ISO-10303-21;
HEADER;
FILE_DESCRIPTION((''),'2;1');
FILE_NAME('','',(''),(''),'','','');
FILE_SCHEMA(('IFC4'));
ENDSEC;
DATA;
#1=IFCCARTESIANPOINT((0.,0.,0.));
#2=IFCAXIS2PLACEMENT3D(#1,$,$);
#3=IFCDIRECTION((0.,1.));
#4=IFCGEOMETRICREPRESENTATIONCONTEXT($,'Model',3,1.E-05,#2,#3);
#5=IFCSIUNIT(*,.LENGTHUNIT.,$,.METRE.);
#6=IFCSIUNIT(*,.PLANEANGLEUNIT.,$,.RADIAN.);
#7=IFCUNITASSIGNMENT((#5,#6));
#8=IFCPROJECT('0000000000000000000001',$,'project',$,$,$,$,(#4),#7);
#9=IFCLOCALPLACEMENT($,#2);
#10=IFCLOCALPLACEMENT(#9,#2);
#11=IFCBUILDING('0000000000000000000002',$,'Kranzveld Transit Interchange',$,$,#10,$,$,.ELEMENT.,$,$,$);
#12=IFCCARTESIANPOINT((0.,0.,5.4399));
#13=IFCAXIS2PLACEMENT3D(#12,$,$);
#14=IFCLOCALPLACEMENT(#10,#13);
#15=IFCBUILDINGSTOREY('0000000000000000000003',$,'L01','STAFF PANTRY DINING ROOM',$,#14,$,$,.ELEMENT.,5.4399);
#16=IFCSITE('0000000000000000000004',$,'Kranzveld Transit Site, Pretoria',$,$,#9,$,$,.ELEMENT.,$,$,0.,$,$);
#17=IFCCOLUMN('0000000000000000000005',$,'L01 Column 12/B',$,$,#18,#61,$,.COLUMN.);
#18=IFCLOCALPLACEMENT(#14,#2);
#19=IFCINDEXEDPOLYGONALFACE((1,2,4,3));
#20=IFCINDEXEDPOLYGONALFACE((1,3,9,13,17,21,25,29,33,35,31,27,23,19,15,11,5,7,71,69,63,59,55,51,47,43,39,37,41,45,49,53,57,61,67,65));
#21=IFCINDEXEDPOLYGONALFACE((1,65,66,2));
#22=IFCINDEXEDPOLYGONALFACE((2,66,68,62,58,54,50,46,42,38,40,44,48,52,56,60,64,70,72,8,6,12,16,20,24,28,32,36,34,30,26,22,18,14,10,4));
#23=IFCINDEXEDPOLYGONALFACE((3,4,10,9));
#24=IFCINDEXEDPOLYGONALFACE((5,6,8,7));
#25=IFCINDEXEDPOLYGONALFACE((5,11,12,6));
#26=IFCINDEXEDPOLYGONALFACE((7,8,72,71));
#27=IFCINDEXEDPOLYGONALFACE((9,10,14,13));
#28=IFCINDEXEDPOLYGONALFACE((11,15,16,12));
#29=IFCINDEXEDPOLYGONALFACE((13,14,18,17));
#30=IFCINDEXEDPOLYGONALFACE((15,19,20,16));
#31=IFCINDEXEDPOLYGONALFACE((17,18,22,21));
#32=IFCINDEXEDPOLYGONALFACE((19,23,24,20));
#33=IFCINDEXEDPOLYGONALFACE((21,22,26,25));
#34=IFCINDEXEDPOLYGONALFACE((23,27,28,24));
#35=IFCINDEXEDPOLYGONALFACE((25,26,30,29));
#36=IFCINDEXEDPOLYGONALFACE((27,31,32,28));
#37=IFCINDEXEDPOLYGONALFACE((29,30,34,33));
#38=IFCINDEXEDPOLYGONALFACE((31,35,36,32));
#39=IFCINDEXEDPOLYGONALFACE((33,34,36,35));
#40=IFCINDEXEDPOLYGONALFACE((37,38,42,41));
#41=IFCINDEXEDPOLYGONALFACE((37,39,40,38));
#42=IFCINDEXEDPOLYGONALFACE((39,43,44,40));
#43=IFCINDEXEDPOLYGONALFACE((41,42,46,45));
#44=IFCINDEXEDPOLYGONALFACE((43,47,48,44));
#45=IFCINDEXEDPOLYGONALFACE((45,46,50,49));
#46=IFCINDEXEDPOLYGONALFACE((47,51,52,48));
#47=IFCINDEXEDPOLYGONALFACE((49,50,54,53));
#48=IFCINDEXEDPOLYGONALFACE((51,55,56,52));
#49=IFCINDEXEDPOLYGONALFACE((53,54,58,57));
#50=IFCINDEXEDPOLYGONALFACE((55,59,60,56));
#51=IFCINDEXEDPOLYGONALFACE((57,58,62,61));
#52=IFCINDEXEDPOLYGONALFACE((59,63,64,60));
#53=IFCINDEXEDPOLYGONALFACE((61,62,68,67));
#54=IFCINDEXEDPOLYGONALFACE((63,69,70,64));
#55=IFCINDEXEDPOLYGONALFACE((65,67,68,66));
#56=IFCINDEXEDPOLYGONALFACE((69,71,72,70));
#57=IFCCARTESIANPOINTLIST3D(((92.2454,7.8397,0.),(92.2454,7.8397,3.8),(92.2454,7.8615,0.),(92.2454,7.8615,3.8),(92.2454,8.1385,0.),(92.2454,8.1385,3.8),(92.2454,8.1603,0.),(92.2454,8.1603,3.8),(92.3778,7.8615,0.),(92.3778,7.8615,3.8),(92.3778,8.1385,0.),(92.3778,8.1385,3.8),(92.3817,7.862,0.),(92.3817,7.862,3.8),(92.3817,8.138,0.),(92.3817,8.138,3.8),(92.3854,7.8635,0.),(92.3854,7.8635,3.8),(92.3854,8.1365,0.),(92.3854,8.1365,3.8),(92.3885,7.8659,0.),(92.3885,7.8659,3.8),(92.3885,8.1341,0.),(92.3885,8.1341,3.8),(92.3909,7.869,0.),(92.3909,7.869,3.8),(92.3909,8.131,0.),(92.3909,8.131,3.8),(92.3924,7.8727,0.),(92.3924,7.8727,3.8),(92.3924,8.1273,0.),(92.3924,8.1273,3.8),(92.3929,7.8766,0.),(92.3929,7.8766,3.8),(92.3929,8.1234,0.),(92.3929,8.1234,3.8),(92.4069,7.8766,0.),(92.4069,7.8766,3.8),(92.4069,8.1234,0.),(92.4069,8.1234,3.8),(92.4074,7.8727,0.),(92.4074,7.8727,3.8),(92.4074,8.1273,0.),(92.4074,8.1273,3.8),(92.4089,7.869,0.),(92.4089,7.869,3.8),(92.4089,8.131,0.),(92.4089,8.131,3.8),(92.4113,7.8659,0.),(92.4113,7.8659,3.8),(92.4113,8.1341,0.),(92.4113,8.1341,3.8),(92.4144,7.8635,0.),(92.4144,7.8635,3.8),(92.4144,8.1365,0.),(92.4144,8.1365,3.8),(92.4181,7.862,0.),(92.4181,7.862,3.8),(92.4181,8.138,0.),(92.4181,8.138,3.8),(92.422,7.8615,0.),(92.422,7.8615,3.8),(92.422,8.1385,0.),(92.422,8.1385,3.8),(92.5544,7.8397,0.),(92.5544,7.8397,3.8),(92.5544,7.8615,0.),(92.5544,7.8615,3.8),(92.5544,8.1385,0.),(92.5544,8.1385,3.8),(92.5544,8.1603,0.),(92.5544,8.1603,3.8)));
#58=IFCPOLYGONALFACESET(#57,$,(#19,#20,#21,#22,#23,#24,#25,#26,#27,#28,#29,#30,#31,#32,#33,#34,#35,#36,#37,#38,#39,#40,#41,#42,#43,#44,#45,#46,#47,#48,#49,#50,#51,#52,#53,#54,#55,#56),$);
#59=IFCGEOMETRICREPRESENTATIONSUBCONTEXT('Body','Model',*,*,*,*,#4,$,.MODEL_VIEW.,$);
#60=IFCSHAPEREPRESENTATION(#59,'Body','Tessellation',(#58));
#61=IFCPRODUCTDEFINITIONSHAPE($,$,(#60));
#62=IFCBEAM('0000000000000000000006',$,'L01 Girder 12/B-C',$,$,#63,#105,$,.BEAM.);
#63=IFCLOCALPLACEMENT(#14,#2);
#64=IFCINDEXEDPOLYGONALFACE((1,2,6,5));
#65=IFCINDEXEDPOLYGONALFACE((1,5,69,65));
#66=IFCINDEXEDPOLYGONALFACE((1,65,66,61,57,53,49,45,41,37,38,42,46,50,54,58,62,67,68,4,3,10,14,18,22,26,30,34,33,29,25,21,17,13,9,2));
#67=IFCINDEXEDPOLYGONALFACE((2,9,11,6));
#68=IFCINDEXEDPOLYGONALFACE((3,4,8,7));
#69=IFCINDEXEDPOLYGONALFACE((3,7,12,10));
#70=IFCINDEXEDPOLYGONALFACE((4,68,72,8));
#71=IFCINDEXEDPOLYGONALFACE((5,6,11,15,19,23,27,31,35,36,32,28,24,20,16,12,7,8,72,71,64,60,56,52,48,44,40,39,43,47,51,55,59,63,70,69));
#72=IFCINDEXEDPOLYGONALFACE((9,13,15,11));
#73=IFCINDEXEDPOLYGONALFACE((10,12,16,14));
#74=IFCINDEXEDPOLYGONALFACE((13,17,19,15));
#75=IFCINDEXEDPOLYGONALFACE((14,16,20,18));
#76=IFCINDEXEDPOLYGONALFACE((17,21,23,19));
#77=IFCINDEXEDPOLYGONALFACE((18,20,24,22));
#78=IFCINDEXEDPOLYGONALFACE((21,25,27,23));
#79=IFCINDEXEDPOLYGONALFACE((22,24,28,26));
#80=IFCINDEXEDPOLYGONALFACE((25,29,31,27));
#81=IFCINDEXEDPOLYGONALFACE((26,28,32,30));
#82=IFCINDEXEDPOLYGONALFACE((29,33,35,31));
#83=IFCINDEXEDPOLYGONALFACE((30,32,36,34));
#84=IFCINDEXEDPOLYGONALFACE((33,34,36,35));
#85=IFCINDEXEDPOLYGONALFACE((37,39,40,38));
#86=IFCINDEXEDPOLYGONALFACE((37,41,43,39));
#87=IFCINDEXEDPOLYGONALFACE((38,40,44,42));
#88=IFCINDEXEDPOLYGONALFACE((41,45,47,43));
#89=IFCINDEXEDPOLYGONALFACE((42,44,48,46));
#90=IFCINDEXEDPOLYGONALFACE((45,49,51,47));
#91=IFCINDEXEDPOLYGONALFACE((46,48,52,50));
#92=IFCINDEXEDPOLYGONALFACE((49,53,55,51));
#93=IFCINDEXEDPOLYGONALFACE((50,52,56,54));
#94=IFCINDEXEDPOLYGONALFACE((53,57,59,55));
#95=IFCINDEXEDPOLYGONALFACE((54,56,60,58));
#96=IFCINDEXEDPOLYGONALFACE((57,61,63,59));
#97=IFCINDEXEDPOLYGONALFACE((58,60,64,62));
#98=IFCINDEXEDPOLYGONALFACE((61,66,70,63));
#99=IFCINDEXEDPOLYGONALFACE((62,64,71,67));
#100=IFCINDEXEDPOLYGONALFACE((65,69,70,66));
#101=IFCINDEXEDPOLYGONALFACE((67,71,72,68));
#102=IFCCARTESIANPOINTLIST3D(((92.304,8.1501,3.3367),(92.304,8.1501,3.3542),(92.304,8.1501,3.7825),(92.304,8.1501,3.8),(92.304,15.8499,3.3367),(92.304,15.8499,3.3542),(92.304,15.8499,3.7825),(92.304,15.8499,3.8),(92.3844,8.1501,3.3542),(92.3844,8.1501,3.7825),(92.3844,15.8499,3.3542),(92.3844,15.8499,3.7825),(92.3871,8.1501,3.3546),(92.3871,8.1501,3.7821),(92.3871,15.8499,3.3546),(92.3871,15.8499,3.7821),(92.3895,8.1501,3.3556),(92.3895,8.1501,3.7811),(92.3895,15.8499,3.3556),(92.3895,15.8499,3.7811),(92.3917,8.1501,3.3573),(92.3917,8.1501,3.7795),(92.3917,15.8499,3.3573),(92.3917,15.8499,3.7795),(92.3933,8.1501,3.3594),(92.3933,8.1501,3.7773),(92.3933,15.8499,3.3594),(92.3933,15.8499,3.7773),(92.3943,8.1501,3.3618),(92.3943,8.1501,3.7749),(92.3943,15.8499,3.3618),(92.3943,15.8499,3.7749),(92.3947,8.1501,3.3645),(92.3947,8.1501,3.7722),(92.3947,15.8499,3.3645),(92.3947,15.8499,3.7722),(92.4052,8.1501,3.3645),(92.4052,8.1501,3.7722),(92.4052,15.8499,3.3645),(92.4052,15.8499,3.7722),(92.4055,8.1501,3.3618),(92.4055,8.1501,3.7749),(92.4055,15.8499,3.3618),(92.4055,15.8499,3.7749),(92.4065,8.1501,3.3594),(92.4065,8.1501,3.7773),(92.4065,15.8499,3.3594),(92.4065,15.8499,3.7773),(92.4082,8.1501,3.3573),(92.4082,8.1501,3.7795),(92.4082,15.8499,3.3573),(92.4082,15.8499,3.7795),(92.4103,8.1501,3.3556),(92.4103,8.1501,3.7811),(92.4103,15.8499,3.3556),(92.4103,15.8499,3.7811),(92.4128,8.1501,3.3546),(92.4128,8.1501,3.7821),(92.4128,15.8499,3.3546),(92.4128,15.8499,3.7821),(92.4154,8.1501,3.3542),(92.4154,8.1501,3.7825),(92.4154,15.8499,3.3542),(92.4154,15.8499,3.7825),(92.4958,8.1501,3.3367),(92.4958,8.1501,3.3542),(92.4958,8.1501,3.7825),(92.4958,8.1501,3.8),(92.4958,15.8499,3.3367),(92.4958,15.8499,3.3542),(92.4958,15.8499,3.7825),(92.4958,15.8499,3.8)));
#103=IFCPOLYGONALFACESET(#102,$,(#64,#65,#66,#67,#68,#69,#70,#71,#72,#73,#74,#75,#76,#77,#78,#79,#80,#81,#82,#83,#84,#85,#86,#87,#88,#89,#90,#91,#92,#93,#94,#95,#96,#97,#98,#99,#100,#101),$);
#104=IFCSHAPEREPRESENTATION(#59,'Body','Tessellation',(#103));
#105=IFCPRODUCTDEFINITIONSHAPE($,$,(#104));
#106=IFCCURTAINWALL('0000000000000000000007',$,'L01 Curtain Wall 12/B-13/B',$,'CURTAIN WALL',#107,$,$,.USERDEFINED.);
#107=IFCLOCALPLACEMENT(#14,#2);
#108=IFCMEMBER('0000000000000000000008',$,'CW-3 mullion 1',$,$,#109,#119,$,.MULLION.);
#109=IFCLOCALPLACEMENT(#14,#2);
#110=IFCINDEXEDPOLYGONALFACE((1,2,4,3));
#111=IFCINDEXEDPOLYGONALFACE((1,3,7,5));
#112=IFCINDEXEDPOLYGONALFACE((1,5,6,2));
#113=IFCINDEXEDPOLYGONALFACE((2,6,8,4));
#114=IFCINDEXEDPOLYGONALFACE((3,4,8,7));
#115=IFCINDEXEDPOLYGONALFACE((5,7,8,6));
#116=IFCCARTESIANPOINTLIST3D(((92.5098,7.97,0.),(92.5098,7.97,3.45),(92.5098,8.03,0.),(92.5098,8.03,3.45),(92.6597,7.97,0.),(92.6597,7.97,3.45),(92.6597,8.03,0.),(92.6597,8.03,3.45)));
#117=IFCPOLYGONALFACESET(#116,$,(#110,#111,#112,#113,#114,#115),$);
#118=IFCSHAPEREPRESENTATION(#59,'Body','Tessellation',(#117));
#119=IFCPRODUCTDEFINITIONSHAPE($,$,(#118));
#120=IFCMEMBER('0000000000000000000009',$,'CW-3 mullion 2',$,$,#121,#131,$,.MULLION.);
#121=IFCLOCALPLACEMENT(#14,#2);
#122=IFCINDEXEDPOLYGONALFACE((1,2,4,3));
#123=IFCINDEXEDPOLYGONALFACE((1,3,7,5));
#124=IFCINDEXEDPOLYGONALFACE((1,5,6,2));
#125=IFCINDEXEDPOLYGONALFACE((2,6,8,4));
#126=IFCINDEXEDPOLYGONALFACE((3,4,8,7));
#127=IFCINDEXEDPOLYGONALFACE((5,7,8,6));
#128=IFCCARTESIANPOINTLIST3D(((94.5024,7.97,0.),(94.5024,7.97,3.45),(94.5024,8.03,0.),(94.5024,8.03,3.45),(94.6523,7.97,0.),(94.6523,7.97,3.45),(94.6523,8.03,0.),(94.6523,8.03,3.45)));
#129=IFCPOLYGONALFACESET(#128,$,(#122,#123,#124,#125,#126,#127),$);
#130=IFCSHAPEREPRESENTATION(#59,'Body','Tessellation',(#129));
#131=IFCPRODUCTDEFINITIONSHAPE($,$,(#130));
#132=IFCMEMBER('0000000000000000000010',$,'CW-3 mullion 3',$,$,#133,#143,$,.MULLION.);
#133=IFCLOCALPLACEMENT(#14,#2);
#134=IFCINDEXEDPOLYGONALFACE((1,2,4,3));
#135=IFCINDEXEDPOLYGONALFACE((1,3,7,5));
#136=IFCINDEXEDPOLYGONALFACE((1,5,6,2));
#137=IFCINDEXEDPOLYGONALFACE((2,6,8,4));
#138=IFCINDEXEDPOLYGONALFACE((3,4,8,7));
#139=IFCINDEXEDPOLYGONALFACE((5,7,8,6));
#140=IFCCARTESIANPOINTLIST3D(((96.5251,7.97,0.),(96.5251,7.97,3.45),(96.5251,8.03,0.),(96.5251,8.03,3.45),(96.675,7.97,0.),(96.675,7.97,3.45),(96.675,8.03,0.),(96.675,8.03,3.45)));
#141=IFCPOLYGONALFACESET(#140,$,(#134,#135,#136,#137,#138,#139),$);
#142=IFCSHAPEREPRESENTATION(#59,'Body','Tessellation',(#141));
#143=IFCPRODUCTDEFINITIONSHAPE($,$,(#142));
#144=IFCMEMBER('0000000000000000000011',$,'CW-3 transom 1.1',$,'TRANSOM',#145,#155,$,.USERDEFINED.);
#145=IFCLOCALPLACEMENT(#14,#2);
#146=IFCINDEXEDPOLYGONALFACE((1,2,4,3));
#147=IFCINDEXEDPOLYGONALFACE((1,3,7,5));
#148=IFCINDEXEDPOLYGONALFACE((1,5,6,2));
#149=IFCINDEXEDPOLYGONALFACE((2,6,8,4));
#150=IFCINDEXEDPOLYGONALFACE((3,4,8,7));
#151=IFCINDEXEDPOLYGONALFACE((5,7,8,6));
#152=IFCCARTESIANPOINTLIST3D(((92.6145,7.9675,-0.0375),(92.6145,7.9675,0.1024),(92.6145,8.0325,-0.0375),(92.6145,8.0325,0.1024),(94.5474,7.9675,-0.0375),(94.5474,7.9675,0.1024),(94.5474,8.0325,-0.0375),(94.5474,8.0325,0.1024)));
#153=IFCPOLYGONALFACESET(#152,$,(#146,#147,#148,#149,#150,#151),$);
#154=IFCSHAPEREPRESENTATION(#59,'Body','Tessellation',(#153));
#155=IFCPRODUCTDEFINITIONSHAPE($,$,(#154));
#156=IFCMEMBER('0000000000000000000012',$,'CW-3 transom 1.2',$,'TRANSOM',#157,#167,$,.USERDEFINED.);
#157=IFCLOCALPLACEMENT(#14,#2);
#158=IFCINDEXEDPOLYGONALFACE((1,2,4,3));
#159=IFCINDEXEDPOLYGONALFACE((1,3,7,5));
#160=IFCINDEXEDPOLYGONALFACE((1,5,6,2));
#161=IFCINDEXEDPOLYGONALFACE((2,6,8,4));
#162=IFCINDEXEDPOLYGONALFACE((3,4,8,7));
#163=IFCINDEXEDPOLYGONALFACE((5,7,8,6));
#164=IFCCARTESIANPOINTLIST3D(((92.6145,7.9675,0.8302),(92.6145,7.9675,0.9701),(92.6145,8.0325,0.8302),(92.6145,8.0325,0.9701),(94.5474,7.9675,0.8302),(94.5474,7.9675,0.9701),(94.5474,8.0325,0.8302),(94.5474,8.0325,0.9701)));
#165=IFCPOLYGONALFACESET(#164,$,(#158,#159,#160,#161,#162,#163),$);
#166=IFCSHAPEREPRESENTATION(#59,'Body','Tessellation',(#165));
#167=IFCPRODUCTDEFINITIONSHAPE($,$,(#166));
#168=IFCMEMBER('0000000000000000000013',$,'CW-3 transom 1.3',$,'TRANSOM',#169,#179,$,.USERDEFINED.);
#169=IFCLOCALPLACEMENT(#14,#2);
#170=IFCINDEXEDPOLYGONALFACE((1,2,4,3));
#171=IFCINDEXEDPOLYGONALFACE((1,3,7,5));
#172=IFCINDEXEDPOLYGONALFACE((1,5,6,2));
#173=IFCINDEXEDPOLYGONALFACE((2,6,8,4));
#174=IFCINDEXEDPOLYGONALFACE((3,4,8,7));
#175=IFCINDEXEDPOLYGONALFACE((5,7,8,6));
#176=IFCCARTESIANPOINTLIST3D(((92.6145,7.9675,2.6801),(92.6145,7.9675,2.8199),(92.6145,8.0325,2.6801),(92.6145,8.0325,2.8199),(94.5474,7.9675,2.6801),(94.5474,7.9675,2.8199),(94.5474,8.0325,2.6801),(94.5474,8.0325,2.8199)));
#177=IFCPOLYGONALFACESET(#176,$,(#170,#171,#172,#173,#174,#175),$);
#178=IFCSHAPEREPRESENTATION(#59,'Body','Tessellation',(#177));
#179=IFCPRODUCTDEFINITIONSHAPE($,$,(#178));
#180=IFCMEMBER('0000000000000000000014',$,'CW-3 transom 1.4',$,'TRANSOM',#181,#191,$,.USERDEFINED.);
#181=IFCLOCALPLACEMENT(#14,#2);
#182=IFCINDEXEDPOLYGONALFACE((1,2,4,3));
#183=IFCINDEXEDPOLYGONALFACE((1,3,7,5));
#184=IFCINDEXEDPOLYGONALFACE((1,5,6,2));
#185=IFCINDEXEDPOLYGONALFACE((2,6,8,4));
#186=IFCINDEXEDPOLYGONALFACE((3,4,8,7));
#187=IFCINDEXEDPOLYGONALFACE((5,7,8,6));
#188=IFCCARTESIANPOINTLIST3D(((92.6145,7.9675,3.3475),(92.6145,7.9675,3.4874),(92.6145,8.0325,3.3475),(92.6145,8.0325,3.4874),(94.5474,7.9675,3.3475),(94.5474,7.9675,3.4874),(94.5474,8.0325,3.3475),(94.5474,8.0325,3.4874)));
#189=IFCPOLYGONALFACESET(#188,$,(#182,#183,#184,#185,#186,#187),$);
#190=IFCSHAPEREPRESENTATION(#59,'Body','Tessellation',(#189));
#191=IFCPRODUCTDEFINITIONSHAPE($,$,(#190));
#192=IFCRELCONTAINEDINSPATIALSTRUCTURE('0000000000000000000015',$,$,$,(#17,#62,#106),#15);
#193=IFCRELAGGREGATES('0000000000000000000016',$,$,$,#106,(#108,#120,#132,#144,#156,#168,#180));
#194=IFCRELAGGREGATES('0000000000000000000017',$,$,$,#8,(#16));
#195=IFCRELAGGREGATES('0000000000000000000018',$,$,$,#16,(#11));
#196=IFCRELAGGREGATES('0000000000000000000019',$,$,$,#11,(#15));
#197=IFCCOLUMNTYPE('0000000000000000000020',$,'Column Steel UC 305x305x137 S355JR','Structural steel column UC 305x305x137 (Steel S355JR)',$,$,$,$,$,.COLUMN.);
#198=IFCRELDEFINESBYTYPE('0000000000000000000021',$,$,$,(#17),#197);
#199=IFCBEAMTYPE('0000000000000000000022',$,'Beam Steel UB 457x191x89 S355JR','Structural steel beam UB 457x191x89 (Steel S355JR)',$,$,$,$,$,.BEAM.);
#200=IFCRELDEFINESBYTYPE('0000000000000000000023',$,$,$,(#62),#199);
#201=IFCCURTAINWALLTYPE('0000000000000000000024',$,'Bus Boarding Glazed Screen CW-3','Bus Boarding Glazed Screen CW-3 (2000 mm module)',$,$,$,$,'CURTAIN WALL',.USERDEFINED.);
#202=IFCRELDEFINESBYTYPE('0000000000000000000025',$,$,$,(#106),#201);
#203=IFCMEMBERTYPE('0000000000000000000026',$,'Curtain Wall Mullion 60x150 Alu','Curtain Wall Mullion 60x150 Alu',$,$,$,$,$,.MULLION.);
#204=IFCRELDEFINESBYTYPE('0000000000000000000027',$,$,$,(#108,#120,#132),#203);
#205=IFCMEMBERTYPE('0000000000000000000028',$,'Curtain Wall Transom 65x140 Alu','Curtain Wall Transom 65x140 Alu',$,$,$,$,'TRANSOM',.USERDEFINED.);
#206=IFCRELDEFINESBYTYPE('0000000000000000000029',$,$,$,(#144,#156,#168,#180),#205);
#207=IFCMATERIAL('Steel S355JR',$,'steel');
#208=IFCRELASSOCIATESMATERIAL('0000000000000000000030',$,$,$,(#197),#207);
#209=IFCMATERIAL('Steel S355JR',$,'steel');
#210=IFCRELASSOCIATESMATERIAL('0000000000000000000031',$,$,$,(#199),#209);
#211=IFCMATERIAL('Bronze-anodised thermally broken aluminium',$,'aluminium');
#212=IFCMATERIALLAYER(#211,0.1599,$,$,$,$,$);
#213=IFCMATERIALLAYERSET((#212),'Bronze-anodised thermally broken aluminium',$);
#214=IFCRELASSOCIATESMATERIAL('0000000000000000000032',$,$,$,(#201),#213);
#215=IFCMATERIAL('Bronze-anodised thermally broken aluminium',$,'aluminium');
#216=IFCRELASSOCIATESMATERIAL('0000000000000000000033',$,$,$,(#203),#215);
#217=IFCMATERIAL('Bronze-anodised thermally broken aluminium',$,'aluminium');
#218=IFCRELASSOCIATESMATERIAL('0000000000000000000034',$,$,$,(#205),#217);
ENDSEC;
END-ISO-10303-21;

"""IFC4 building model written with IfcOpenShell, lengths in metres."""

from ifc_helpers import new_model, si_unit, direction, frame, origin, origin_2d, place, context, subcontext, project, spatial, rectangle, i_section, extrude, material, layer, layer_set, material_profile, profile_set, type_object, element, aggregate, save


model = new_model("IFC4")

# Units and contexts
model_context = context("Model", 3, precision=1e-05, world=origin(), true_north=direction((0.0, 1.0)))
body_context = subcontext(model_context, "Body", "Model", "MODEL_VIEW")
ifc_project = project(units=[si_unit("LENGTHUNIT", "METRE"), si_unit("PLANEANGLEUNIT", "RADIAN")], contexts=[model_context])

# Site, building, storey
site_placement = place(None, origin())
site = spatial("IfcSite", under=ifc_project, at=site_placement, Name="Kranzveld Transit Site, Pretoria", CompositionType="ELEMENT", RefElevation=0.0)
building_placement = place(site_placement, origin())
building = spatial("IfcBuilding", under=site, at=building_placement, Name="Kranzveld Transit Interchange", CompositionType="ELEMENT")
storey_placement = place(building_placement, frame((0.0, 0.0, 5.4399)))
storey = spatial("IfcBuildingStorey", under=building, at=storey_placement, Name="L01", Description="STAFF PANTRY DINING ROOM", CompositionType="ELEMENT", Elevation=5.4399)

# Column
ifc_material_1 = material(Name="Steel S355JR", Category="steel")
ifc_material_profile_1 = material_profile(ifc_material_1, i_section(OverallWidth=0.3091, OverallDepth=0.3206, WebThickness=0.0139, FlangeThickness=0.0217, FilletRadius=0.0151, at=origin_2d()), Name="UC 305x305x137")
ifc_profile_set_1 = profile_set([ifc_material_profile_1], Name="Steel S355JR")
column_type = type_object("IfcColumnType", Name="Column Steel UC 305x305x137 S355JR", Description="Structural steel column UC 305x305x137 (Steel S355JR)", PredefinedType="COLUMN", material=ifc_profile_set_1)
column_placement = place(storey_placement, frame((92.3999, 8.0, 0.0), z_axis=(0.0, 0.0, 1.0), x_axis=(1.0, 0.0, 0.0)))
element("IfcColumn", 1, at=column_placement, inside=storey, type_object=column_type, Name="L01 Column 12/B", PredefinedType="COLUMN", context=body_context, shape_type="SweptSolid", body=[
    extrude(i_section(OverallWidth=0.3091, OverallDepth=0.3206, WebThickness=0.0139, FlangeThickness=0.0217, FilletRadius=0.0151, at=origin_2d()), origin(), (0.0, 0.0, 1.0), 3.8),
])

# Beam
ifc_material_2 = material(Name="Steel S355JR", Category="steel")
ifc_material_profile_2 = material_profile(ifc_material_2, i_section(OverallWidth=0.1919, OverallDepth=0.4634, WebThickness=0.0105, FlangeThickness=0.0176, FilletRadius=0.0103, at=origin_2d()), Name="UB 457x191x89")
ifc_profile_set_2 = profile_set([ifc_material_profile_2], Name="Steel S355JR")
beam_type_1 = type_object("IfcBeamType", Name="Beam Steel UB 457x191x89 S355JR", Description="Structural steel beam UB 457x191x89 (Steel S355JR)", PredefinedType="BEAM", material=ifc_profile_set_2)
beam_1_placement = place(storey_placement, frame((92.3999, 8.1501, 3.5684), z_axis=(0.0, 1.0, 0.0), x_axis=(-1.0, 0.0, 0.0)))
element("IfcBeam", 2, at=beam_1_placement, inside=storey, type_object=beam_type_1, Name="L01 Girder 12/B-C", PredefinedType="BEAM", context=body_context, shape_type="SweptSolid", body=[
    extrude(i_section(OverallWidth=0.1919, OverallDepth=0.4634, WebThickness=0.0105, FlangeThickness=0.0176, FilletRadius=0.0103, at=origin_2d()), origin(), (0.0, 0.0, 1.0), 7.6997),
])

# Curtain wall, members
ifc_material_3 = material(Name="Bronze-anodised thermally broken aluminium", Category="aluminium")
ifc_layer_1 = layer(ifc_material_3, 0.1599)
ifc_layer_set_1 = layer_set([ifc_layer_1], Name="Bronze-anodised thermally broken aluminium")
curtain_wall_type = type_object("IfcCurtainWallType", Name="Bus Boarding Glazed Screen CW-3", Description="Bus Boarding Glazed Screen CW-3 (2000 mm module)", ElementType="CURTAIN WALL", PredefinedType="USERDEFINED", material=ifc_layer_set_1)
curtain_wall_placement = place(storey_placement, origin())
curtain_wall = element("IfcCurtainWall", 3, at=curtain_wall_placement, inside=storey, type_object=curtain_wall_type, Name="L01 Curtain Wall 12/B-13/B", ObjectType="CURTAIN WALL", PredefinedType="USERDEFINED")
ifc_material_4 = material(Name="Bronze-anodised thermally broken aluminium", Category="aluminium")
ifc_material_profile_3 = material_profile(ifc_material_4, rectangle(XDim=0.0601, YDim=0.1499, at=origin_2d()), Name="ALU MULLION 60x150")
ifc_profile_set_3 = profile_set([ifc_material_profile_3], Name="Bronze-anodised thermally broken aluminium")
member_type_1 = type_object("IfcMemberType", Name="Curtain Wall Mullion 60x150 Alu", Description="Curtain Wall Mullion 60x150 Alu", PredefinedType="MULLION", material=ifc_profile_set_3)
member_1_placement = place(storey_placement, frame((92.5847, 8.0, 0.0), z_axis=(0.0, 0.0, 1.0), x_axis=(0.0, 1.0, 0.0)))
member_1 = element("IfcMember", 4, at=member_1_placement, type_object=member_type_1, Name="CW-3 mullion 1", PredefinedType="MULLION", context=body_context, shape_type="SweptSolid", body=[
    extrude(rectangle(XDim=0.0601, YDim=0.1499, at=origin_2d()), origin(), (0.0, 0.0, 1.0), 3.45),
])
member_2_placement = place(storey_placement, frame((94.5774, 8.0, 0.0), z_axis=(0.0, 0.0, 1.0), x_axis=(0.0, 1.0, 0.0)))
member_2 = element("IfcMember", 5, at=member_2_placement, type_object=member_type_1, Name="CW-3 mullion 2", PredefinedType="MULLION", context=body_context, shape_type="SweptSolid", body=[
    extrude(rectangle(XDim=0.0601, YDim=0.1499, at=origin_2d()), origin(), (0.0, 0.0, 1.0), 3.45),
])
member_3_placement = place(storey_placement, frame((96.6001, 8.0, 0.0), z_axis=(0.0, 0.0, 1.0), x_axis=(0.0, 1.0, 0.0)))
member_3 = element("IfcMember", 6, at=member_3_placement, type_object=member_type_1, Name="CW-3 mullion 3", PredefinedType="MULLION", context=body_context, shape_type="SweptSolid", body=[
    extrude(rectangle(XDim=0.0601, YDim=0.1499, at=origin_2d()), origin(), (0.0, 0.0, 1.0), 3.45),
])
ifc_material_5 = material(Name="Bronze-anodised thermally broken aluminium", Category="aluminium")
ifc_material_profile_4 = material_profile(ifc_material_5, rectangle(XDim=0.0649, YDim=0.1399, at=origin_2d()), Name="ALU TRANSOM 65x140")
ifc_profile_set_4 = profile_set([ifc_material_profile_4], Name="Bronze-anodised thermally broken aluminium")
member_type_2 = type_object("IfcMemberType", Name="Curtain Wall Transom 65x140 Alu", Description="Curtain Wall Transom 65x140 Alu", ElementType="TRANSOM", PredefinedType="USERDEFINED", material=ifc_profile_set_4)
member_4_placement = place(storey_placement, frame((92.6145, 8.0, 0.0325), z_axis=(1.0, 0.0, 0.0), x_axis=(0.0, 1.0, 0.0)))
member_4 = element("IfcMember", 7, at=member_4_placement, type_object=member_type_2, Name="CW-3 transom 1.1", ObjectType="TRANSOM", PredefinedType="USERDEFINED", context=body_context, shape_type="SweptSolid", body=[
    extrude(rectangle(XDim=0.0649, YDim=0.1399, at=origin_2d()), origin(), (0.0, 0.0, 1.0), 1.9329),
])
member_5_placement = place(storey_placement, frame((92.6145, 8.0, 0.9001), z_axis=(1.0, 0.0, 0.0), x_axis=(0.0, 1.0, 0.0)))
member_5 = element("IfcMember", 8, at=member_5_placement, type_object=member_type_2, Name="CW-3 transom 1.2", ObjectType="TRANSOM", PredefinedType="USERDEFINED", context=body_context, shape_type="SweptSolid", body=[
    extrude(rectangle(XDim=0.0649, YDim=0.1399, at=origin_2d()), origin(), (0.0, 0.0, 1.0), 1.9329),
])
member_6_placement = place(storey_placement, frame((92.6145, 8.0, 2.75), z_axis=(1.0, 0.0, 0.0), x_axis=(0.0, 1.0, 0.0)))
member_6 = element("IfcMember", 9, at=member_6_placement, type_object=member_type_2, Name="CW-3 transom 1.3", ObjectType="TRANSOM", PredefinedType="USERDEFINED", context=body_context, shape_type="SweptSolid", body=[
    extrude(rectangle(XDim=0.0649, YDim=0.1399, at=origin_2d()), origin(), (0.0, 0.0, 1.0), 1.9329),
])
member_7_placement = place(storey_placement, frame((92.6145, 8.0, 3.4175), z_axis=(1.0, 0.0, 0.0), x_axis=(0.0, 1.0, 0.0)))
member_7 = element("IfcMember", 10, at=member_7_placement, type_object=member_type_2, Name="CW-3 transom 1.4", ObjectType="TRANSOM", PredefinedType="USERDEFINED", context=body_context, shape_type="SweptSolid", body=[
    extrude(rectangle(XDim=0.0649, YDim=0.1399, at=origin_2d()), origin(), (0.0, 0.0, 1.0), 1.9329),
])

aggregate(curtain_wall, [member_1, member_2, member_3, member_4, member_5, member_6, member_7])

save(model, "model.ifc")
